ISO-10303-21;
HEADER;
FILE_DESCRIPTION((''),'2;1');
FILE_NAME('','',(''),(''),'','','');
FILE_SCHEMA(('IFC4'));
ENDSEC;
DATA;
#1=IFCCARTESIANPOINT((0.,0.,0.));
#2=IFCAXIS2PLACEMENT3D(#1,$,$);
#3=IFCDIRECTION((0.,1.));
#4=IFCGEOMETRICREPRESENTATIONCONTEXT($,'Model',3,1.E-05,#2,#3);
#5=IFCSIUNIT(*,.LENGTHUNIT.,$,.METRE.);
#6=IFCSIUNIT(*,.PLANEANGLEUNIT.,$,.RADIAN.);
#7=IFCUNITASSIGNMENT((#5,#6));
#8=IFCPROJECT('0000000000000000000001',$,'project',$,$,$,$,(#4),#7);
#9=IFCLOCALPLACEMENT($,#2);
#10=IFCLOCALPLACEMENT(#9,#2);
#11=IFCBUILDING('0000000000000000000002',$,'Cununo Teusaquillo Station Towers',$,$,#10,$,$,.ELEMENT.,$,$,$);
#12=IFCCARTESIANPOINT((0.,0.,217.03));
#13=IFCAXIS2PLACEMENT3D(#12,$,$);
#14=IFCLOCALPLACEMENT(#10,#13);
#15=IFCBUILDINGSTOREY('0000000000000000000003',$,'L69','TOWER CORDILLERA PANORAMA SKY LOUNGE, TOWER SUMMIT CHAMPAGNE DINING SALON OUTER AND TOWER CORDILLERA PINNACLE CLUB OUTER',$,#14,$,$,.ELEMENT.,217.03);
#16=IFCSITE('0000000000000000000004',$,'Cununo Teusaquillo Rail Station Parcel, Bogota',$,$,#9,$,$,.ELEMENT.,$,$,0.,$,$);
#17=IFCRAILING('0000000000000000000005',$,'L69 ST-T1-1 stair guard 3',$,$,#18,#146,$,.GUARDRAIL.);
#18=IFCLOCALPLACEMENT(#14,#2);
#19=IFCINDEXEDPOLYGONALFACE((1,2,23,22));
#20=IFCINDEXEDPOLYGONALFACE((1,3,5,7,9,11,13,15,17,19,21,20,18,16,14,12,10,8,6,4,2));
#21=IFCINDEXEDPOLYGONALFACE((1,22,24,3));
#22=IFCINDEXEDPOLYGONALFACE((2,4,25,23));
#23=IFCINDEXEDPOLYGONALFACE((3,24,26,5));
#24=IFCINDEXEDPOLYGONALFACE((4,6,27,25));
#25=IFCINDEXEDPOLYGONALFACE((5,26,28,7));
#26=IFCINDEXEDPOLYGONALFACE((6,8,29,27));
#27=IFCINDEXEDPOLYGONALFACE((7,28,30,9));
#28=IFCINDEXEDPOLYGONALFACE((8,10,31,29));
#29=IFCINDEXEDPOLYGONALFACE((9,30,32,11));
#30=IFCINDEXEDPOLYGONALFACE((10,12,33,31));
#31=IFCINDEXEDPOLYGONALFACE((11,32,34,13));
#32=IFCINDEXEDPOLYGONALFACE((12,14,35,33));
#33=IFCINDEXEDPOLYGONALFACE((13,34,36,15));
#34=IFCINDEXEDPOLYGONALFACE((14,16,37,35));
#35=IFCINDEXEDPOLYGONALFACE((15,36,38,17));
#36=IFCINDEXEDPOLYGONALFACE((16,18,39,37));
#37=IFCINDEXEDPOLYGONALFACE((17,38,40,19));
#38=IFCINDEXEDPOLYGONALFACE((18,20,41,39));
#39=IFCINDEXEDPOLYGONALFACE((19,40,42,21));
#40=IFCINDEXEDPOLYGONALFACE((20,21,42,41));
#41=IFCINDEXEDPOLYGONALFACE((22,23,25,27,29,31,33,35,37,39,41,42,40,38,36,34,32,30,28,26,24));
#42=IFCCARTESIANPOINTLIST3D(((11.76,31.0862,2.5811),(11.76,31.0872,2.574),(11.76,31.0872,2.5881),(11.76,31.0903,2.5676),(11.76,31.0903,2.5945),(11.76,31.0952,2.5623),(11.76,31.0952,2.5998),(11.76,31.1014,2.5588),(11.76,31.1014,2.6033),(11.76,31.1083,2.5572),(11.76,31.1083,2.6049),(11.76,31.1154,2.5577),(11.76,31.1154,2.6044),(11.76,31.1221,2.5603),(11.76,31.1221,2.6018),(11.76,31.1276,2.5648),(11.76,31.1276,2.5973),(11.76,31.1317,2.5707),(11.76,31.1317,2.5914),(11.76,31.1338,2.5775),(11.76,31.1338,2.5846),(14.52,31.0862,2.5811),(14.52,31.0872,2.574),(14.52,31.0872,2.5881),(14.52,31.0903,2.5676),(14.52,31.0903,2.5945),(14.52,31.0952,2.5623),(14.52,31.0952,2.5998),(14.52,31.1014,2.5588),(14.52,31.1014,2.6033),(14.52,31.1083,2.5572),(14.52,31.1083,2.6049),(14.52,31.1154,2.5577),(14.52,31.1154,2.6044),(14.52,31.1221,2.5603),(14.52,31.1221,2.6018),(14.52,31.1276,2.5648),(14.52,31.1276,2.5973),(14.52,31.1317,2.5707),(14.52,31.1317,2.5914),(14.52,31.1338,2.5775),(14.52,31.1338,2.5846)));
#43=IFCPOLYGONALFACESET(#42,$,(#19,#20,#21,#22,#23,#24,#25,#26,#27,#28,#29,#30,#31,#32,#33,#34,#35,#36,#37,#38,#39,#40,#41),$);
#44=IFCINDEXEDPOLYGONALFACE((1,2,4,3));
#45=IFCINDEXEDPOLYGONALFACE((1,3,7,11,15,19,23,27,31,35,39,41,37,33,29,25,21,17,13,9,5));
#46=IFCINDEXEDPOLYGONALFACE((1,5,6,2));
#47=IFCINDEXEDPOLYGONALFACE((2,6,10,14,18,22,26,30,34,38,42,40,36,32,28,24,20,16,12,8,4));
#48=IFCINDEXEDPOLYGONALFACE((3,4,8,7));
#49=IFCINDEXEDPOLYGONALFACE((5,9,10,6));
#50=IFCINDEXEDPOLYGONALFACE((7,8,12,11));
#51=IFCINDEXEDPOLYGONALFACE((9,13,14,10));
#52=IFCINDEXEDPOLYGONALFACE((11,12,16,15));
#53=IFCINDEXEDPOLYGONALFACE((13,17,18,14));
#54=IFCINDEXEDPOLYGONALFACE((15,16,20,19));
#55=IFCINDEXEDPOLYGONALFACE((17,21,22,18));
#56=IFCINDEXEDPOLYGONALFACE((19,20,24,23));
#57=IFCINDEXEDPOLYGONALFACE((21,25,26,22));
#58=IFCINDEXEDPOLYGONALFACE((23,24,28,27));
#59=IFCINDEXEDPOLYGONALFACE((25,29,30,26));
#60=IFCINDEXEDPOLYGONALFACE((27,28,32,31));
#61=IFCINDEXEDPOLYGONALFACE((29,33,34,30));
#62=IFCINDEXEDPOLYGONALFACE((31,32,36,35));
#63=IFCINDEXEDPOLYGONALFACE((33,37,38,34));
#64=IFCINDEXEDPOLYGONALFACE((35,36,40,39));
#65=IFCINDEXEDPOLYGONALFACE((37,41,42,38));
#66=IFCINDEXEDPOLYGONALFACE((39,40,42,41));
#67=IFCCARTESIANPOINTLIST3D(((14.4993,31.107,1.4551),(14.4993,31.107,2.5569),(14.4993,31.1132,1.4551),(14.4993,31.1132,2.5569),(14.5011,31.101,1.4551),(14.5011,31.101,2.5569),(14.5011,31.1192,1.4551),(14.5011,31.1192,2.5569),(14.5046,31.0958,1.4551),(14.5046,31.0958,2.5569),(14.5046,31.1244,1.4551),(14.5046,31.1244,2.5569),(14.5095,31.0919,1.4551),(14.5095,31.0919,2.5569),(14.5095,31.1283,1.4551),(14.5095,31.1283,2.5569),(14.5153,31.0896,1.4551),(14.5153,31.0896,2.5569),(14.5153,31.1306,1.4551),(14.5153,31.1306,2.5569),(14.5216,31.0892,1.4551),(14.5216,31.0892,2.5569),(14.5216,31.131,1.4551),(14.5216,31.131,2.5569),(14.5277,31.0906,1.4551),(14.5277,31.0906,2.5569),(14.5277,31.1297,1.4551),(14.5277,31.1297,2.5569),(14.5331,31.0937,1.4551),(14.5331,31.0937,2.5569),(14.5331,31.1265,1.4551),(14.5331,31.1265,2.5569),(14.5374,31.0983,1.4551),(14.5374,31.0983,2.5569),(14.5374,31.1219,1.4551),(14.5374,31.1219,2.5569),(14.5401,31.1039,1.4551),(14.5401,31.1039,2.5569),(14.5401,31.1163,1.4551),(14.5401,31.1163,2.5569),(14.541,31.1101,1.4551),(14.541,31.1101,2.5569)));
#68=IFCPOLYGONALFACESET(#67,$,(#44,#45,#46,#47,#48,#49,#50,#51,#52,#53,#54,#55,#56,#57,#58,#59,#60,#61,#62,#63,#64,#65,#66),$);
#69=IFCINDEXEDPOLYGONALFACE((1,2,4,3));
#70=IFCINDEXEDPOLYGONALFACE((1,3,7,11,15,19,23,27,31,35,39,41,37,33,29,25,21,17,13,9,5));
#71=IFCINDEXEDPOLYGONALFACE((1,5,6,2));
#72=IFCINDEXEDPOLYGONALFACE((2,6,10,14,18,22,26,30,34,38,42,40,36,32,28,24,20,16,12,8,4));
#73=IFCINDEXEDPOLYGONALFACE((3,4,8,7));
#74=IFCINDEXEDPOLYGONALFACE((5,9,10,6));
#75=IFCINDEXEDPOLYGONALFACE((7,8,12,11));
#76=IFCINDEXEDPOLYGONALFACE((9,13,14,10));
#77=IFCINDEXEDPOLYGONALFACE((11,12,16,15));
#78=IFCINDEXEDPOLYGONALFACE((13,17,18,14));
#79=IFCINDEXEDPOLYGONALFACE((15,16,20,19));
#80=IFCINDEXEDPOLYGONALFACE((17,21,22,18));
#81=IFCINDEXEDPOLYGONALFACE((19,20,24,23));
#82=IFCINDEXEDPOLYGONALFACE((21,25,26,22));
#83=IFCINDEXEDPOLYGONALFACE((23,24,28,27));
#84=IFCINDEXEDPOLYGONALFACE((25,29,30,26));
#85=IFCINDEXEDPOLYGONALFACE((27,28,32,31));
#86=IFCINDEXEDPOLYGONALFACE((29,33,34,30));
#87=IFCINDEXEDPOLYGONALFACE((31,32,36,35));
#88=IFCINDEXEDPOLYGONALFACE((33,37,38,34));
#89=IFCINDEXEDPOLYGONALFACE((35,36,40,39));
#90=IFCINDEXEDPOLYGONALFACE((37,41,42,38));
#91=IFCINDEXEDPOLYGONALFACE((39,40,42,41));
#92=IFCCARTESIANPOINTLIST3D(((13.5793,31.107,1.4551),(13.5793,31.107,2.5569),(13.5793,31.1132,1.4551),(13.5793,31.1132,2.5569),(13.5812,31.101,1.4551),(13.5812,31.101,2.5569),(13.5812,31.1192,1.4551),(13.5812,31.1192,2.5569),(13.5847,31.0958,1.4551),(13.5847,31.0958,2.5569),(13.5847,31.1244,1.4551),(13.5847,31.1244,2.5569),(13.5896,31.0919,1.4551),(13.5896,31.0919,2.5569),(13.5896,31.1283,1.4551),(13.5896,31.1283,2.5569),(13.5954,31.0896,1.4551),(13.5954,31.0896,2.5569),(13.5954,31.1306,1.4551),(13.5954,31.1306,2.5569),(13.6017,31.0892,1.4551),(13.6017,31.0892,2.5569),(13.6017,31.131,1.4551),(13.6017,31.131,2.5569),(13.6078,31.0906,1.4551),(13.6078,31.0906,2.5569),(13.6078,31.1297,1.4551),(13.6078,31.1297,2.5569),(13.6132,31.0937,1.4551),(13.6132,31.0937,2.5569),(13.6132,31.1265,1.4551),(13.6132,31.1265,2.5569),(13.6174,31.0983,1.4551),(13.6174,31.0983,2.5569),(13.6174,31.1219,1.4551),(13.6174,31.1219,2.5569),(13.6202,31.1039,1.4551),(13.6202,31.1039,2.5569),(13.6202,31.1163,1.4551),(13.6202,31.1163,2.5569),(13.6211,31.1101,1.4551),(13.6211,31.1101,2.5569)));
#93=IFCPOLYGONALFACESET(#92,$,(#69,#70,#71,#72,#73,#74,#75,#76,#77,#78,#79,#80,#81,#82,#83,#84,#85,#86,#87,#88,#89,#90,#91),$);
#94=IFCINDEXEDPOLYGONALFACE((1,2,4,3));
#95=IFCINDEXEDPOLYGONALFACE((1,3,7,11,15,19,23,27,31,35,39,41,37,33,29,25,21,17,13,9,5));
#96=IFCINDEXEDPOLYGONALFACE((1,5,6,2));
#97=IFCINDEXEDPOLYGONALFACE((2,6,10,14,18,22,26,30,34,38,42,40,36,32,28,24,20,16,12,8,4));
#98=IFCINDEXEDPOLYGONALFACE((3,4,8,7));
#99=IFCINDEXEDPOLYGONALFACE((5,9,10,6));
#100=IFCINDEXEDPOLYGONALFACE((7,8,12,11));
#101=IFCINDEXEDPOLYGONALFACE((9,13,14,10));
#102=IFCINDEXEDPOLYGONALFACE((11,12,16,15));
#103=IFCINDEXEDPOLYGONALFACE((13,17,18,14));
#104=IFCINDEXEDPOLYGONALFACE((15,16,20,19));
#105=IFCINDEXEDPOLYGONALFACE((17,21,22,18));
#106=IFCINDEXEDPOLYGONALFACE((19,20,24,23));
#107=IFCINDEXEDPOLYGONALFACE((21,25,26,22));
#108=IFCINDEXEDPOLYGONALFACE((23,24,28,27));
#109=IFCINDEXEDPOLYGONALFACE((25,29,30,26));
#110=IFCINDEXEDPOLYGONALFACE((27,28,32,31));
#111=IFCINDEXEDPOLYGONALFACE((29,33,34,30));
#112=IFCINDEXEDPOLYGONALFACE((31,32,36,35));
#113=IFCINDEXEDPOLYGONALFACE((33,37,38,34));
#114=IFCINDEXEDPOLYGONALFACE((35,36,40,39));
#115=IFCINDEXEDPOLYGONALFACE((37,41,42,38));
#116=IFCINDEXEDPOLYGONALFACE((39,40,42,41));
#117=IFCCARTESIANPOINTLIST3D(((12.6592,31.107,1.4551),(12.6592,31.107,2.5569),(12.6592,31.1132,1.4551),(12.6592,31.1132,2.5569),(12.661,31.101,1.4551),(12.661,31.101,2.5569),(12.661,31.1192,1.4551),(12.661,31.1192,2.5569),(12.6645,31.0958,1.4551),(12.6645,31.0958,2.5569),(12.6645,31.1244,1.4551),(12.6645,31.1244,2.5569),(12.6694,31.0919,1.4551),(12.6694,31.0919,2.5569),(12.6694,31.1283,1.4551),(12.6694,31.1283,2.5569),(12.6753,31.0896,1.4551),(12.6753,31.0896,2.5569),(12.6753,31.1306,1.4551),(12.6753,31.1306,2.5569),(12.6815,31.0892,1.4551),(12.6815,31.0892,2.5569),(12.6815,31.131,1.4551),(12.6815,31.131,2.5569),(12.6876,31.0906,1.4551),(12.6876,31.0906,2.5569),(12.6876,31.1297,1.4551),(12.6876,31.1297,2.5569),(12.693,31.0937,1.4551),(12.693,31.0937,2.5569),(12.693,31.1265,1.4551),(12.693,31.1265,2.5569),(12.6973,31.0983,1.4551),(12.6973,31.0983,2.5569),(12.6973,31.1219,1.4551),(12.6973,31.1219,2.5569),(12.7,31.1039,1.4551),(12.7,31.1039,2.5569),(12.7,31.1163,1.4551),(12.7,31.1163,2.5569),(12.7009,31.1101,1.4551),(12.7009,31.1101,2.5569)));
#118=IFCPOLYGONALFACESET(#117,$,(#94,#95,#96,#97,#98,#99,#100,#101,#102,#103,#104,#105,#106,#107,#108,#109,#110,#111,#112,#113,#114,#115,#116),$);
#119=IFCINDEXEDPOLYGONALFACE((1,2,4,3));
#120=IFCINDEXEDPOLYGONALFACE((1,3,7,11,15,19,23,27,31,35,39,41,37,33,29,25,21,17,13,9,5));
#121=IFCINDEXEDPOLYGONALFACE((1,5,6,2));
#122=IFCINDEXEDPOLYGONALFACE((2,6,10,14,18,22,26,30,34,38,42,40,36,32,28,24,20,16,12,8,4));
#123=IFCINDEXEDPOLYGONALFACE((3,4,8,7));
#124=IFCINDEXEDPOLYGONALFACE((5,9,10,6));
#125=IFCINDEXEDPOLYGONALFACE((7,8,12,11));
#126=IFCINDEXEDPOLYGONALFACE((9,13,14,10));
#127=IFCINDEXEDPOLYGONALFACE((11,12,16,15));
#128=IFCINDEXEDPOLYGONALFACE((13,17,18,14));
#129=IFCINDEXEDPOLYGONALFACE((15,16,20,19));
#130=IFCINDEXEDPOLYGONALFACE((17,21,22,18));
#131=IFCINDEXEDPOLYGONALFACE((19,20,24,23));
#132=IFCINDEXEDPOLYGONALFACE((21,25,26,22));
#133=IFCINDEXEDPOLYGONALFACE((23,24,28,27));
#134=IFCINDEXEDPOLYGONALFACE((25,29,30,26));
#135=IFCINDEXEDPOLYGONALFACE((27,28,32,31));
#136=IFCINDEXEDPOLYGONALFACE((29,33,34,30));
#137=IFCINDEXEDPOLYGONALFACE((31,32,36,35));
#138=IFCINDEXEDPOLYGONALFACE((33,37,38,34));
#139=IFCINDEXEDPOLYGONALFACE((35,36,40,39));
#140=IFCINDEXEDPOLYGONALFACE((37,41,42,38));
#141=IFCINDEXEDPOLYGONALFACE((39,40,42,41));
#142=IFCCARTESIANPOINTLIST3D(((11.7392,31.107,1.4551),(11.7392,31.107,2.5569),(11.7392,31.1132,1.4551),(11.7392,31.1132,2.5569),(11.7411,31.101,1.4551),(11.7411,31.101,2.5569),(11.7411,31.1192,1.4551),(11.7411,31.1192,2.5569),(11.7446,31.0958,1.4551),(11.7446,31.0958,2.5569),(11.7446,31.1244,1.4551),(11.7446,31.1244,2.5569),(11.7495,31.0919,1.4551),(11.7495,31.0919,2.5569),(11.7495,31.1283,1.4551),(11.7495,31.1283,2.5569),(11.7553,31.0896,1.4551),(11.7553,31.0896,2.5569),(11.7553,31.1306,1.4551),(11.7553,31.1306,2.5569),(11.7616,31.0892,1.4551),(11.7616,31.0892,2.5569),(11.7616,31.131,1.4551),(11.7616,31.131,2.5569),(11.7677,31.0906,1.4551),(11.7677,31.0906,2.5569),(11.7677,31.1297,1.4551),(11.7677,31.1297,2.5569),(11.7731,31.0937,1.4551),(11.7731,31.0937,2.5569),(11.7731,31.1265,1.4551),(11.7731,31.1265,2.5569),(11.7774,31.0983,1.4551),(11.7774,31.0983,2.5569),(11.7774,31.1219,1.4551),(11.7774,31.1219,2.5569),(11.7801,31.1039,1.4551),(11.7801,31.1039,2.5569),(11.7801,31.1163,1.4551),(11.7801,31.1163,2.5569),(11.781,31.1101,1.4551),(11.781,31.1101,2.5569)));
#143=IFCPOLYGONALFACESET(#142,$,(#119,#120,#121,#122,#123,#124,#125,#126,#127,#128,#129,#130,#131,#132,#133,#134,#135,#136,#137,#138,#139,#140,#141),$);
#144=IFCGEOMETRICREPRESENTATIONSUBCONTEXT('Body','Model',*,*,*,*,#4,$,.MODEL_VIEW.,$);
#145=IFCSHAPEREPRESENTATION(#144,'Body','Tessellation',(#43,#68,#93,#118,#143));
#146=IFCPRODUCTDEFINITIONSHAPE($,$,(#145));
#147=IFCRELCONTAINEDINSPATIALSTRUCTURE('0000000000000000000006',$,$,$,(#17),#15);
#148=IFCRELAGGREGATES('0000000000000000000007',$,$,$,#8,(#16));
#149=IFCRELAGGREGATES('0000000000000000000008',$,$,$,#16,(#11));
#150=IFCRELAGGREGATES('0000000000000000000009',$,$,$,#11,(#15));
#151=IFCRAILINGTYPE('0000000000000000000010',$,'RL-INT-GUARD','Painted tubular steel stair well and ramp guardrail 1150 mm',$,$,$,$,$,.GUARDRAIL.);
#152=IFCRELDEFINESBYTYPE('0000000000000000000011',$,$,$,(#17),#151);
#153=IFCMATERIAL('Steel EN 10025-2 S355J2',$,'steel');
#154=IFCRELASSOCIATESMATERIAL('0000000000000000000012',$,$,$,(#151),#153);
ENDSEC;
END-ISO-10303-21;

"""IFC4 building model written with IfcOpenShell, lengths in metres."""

from ifc_helpers import new_model, si_unit, direction, frame, origin, origin_2d, place, context, subcontext, project, spatial, circle, extrude, material, type_object, element, save


model = new_model("IFC4")

# Units and contexts
model_context = context("Model", 3, precision=1e-05, world=origin(), true_north=direction((0.0, 1.0)))
body_context = subcontext(model_context, "Body", "Model", "MODEL_VIEW")
ifc_project = project(units=[si_unit("LENGTHUNIT", "METRE"), si_unit("PLANEANGLEUNIT", "RADIAN")], contexts=[model_context])

# Site, building, storey
site_placement = place(None, origin())
site = spatial("IfcSite", under=ifc_project, at=site_placement, Name="Cununo Teusaquillo Rail Station Parcel, Bogota", CompositionType="ELEMENT", RefElevation=0.0)
building_placement = place(site_placement, origin())
building = spatial("IfcBuilding", under=site, at=building_placement, Name="Cununo Teusaquillo Station Towers", CompositionType="ELEMENT")
storey_placement = place(building_placement, frame((0.0, 0.0, 217.03)))
storey = spatial("IfcBuildingStorey", under=building, at=storey_placement, Name="L69", Description="TOWER CORDILLERA PANORAMA SKY LOUNGE, TOWER SUMMIT CHAMPAGNE DINING SALON OUTER AND TOWER CORDILLERA PINNACLE CLUB OUTER", CompositionType="ELEMENT", Elevation=217.03)

# Railing
ifc_material_1 = material(Name="Steel EN 10025-2 S355J2", Category="steel")
railing_type_1 = type_object("IfcRailingType", Name="RL-INT-GUARD", Description="Painted tubular steel stair well and ramp guardrail 1150 mm", PredefinedType="GUARDRAIL", material=ifc_material_1)
railing_1_placement = place(storey_placement, frame((14.52, 31.1101, 1.4551)))
element("IfcRailing", 1, at=railing_1_placement, inside=storey, type_object=railing_type_1, Name="L69 ST-T1-1 stair guard 3", PredefinedType="GUARDRAIL", context=body_context, shape_type="SweptSolid", body=[
    extrude(circle(Radius=0.0239, at=origin_2d()), frame((0.0, 0.0, 1.126), z_axis=(-1.0, 0.0, 0.0), x_axis=(0.0, -1.0, 0.0)), (0.0, 0.0, 1.0), 2.76),
    extrude(circle(Radius=0.021, at=origin_2d()), origin(), (0.0, 0.0, 1.0), 1.1018),
    extrude(circle(Radius=0.021, at=origin_2d()), frame((-0.9199, 0.0, 0.0)), (0.0, 0.0, 1.0), 1.1018),
    extrude(circle(Radius=0.021, at=origin_2d()), frame((-1.8401, 0.0, 0.0)), (0.0, 0.0, 1.0), 1.1018),
    extrude(circle(Radius=0.021, at=origin_2d()), frame((-2.76, 0.0, 0.0)), (0.0, 0.0, 1.0), 1.1018),
])

save(model, "model.ifc")
